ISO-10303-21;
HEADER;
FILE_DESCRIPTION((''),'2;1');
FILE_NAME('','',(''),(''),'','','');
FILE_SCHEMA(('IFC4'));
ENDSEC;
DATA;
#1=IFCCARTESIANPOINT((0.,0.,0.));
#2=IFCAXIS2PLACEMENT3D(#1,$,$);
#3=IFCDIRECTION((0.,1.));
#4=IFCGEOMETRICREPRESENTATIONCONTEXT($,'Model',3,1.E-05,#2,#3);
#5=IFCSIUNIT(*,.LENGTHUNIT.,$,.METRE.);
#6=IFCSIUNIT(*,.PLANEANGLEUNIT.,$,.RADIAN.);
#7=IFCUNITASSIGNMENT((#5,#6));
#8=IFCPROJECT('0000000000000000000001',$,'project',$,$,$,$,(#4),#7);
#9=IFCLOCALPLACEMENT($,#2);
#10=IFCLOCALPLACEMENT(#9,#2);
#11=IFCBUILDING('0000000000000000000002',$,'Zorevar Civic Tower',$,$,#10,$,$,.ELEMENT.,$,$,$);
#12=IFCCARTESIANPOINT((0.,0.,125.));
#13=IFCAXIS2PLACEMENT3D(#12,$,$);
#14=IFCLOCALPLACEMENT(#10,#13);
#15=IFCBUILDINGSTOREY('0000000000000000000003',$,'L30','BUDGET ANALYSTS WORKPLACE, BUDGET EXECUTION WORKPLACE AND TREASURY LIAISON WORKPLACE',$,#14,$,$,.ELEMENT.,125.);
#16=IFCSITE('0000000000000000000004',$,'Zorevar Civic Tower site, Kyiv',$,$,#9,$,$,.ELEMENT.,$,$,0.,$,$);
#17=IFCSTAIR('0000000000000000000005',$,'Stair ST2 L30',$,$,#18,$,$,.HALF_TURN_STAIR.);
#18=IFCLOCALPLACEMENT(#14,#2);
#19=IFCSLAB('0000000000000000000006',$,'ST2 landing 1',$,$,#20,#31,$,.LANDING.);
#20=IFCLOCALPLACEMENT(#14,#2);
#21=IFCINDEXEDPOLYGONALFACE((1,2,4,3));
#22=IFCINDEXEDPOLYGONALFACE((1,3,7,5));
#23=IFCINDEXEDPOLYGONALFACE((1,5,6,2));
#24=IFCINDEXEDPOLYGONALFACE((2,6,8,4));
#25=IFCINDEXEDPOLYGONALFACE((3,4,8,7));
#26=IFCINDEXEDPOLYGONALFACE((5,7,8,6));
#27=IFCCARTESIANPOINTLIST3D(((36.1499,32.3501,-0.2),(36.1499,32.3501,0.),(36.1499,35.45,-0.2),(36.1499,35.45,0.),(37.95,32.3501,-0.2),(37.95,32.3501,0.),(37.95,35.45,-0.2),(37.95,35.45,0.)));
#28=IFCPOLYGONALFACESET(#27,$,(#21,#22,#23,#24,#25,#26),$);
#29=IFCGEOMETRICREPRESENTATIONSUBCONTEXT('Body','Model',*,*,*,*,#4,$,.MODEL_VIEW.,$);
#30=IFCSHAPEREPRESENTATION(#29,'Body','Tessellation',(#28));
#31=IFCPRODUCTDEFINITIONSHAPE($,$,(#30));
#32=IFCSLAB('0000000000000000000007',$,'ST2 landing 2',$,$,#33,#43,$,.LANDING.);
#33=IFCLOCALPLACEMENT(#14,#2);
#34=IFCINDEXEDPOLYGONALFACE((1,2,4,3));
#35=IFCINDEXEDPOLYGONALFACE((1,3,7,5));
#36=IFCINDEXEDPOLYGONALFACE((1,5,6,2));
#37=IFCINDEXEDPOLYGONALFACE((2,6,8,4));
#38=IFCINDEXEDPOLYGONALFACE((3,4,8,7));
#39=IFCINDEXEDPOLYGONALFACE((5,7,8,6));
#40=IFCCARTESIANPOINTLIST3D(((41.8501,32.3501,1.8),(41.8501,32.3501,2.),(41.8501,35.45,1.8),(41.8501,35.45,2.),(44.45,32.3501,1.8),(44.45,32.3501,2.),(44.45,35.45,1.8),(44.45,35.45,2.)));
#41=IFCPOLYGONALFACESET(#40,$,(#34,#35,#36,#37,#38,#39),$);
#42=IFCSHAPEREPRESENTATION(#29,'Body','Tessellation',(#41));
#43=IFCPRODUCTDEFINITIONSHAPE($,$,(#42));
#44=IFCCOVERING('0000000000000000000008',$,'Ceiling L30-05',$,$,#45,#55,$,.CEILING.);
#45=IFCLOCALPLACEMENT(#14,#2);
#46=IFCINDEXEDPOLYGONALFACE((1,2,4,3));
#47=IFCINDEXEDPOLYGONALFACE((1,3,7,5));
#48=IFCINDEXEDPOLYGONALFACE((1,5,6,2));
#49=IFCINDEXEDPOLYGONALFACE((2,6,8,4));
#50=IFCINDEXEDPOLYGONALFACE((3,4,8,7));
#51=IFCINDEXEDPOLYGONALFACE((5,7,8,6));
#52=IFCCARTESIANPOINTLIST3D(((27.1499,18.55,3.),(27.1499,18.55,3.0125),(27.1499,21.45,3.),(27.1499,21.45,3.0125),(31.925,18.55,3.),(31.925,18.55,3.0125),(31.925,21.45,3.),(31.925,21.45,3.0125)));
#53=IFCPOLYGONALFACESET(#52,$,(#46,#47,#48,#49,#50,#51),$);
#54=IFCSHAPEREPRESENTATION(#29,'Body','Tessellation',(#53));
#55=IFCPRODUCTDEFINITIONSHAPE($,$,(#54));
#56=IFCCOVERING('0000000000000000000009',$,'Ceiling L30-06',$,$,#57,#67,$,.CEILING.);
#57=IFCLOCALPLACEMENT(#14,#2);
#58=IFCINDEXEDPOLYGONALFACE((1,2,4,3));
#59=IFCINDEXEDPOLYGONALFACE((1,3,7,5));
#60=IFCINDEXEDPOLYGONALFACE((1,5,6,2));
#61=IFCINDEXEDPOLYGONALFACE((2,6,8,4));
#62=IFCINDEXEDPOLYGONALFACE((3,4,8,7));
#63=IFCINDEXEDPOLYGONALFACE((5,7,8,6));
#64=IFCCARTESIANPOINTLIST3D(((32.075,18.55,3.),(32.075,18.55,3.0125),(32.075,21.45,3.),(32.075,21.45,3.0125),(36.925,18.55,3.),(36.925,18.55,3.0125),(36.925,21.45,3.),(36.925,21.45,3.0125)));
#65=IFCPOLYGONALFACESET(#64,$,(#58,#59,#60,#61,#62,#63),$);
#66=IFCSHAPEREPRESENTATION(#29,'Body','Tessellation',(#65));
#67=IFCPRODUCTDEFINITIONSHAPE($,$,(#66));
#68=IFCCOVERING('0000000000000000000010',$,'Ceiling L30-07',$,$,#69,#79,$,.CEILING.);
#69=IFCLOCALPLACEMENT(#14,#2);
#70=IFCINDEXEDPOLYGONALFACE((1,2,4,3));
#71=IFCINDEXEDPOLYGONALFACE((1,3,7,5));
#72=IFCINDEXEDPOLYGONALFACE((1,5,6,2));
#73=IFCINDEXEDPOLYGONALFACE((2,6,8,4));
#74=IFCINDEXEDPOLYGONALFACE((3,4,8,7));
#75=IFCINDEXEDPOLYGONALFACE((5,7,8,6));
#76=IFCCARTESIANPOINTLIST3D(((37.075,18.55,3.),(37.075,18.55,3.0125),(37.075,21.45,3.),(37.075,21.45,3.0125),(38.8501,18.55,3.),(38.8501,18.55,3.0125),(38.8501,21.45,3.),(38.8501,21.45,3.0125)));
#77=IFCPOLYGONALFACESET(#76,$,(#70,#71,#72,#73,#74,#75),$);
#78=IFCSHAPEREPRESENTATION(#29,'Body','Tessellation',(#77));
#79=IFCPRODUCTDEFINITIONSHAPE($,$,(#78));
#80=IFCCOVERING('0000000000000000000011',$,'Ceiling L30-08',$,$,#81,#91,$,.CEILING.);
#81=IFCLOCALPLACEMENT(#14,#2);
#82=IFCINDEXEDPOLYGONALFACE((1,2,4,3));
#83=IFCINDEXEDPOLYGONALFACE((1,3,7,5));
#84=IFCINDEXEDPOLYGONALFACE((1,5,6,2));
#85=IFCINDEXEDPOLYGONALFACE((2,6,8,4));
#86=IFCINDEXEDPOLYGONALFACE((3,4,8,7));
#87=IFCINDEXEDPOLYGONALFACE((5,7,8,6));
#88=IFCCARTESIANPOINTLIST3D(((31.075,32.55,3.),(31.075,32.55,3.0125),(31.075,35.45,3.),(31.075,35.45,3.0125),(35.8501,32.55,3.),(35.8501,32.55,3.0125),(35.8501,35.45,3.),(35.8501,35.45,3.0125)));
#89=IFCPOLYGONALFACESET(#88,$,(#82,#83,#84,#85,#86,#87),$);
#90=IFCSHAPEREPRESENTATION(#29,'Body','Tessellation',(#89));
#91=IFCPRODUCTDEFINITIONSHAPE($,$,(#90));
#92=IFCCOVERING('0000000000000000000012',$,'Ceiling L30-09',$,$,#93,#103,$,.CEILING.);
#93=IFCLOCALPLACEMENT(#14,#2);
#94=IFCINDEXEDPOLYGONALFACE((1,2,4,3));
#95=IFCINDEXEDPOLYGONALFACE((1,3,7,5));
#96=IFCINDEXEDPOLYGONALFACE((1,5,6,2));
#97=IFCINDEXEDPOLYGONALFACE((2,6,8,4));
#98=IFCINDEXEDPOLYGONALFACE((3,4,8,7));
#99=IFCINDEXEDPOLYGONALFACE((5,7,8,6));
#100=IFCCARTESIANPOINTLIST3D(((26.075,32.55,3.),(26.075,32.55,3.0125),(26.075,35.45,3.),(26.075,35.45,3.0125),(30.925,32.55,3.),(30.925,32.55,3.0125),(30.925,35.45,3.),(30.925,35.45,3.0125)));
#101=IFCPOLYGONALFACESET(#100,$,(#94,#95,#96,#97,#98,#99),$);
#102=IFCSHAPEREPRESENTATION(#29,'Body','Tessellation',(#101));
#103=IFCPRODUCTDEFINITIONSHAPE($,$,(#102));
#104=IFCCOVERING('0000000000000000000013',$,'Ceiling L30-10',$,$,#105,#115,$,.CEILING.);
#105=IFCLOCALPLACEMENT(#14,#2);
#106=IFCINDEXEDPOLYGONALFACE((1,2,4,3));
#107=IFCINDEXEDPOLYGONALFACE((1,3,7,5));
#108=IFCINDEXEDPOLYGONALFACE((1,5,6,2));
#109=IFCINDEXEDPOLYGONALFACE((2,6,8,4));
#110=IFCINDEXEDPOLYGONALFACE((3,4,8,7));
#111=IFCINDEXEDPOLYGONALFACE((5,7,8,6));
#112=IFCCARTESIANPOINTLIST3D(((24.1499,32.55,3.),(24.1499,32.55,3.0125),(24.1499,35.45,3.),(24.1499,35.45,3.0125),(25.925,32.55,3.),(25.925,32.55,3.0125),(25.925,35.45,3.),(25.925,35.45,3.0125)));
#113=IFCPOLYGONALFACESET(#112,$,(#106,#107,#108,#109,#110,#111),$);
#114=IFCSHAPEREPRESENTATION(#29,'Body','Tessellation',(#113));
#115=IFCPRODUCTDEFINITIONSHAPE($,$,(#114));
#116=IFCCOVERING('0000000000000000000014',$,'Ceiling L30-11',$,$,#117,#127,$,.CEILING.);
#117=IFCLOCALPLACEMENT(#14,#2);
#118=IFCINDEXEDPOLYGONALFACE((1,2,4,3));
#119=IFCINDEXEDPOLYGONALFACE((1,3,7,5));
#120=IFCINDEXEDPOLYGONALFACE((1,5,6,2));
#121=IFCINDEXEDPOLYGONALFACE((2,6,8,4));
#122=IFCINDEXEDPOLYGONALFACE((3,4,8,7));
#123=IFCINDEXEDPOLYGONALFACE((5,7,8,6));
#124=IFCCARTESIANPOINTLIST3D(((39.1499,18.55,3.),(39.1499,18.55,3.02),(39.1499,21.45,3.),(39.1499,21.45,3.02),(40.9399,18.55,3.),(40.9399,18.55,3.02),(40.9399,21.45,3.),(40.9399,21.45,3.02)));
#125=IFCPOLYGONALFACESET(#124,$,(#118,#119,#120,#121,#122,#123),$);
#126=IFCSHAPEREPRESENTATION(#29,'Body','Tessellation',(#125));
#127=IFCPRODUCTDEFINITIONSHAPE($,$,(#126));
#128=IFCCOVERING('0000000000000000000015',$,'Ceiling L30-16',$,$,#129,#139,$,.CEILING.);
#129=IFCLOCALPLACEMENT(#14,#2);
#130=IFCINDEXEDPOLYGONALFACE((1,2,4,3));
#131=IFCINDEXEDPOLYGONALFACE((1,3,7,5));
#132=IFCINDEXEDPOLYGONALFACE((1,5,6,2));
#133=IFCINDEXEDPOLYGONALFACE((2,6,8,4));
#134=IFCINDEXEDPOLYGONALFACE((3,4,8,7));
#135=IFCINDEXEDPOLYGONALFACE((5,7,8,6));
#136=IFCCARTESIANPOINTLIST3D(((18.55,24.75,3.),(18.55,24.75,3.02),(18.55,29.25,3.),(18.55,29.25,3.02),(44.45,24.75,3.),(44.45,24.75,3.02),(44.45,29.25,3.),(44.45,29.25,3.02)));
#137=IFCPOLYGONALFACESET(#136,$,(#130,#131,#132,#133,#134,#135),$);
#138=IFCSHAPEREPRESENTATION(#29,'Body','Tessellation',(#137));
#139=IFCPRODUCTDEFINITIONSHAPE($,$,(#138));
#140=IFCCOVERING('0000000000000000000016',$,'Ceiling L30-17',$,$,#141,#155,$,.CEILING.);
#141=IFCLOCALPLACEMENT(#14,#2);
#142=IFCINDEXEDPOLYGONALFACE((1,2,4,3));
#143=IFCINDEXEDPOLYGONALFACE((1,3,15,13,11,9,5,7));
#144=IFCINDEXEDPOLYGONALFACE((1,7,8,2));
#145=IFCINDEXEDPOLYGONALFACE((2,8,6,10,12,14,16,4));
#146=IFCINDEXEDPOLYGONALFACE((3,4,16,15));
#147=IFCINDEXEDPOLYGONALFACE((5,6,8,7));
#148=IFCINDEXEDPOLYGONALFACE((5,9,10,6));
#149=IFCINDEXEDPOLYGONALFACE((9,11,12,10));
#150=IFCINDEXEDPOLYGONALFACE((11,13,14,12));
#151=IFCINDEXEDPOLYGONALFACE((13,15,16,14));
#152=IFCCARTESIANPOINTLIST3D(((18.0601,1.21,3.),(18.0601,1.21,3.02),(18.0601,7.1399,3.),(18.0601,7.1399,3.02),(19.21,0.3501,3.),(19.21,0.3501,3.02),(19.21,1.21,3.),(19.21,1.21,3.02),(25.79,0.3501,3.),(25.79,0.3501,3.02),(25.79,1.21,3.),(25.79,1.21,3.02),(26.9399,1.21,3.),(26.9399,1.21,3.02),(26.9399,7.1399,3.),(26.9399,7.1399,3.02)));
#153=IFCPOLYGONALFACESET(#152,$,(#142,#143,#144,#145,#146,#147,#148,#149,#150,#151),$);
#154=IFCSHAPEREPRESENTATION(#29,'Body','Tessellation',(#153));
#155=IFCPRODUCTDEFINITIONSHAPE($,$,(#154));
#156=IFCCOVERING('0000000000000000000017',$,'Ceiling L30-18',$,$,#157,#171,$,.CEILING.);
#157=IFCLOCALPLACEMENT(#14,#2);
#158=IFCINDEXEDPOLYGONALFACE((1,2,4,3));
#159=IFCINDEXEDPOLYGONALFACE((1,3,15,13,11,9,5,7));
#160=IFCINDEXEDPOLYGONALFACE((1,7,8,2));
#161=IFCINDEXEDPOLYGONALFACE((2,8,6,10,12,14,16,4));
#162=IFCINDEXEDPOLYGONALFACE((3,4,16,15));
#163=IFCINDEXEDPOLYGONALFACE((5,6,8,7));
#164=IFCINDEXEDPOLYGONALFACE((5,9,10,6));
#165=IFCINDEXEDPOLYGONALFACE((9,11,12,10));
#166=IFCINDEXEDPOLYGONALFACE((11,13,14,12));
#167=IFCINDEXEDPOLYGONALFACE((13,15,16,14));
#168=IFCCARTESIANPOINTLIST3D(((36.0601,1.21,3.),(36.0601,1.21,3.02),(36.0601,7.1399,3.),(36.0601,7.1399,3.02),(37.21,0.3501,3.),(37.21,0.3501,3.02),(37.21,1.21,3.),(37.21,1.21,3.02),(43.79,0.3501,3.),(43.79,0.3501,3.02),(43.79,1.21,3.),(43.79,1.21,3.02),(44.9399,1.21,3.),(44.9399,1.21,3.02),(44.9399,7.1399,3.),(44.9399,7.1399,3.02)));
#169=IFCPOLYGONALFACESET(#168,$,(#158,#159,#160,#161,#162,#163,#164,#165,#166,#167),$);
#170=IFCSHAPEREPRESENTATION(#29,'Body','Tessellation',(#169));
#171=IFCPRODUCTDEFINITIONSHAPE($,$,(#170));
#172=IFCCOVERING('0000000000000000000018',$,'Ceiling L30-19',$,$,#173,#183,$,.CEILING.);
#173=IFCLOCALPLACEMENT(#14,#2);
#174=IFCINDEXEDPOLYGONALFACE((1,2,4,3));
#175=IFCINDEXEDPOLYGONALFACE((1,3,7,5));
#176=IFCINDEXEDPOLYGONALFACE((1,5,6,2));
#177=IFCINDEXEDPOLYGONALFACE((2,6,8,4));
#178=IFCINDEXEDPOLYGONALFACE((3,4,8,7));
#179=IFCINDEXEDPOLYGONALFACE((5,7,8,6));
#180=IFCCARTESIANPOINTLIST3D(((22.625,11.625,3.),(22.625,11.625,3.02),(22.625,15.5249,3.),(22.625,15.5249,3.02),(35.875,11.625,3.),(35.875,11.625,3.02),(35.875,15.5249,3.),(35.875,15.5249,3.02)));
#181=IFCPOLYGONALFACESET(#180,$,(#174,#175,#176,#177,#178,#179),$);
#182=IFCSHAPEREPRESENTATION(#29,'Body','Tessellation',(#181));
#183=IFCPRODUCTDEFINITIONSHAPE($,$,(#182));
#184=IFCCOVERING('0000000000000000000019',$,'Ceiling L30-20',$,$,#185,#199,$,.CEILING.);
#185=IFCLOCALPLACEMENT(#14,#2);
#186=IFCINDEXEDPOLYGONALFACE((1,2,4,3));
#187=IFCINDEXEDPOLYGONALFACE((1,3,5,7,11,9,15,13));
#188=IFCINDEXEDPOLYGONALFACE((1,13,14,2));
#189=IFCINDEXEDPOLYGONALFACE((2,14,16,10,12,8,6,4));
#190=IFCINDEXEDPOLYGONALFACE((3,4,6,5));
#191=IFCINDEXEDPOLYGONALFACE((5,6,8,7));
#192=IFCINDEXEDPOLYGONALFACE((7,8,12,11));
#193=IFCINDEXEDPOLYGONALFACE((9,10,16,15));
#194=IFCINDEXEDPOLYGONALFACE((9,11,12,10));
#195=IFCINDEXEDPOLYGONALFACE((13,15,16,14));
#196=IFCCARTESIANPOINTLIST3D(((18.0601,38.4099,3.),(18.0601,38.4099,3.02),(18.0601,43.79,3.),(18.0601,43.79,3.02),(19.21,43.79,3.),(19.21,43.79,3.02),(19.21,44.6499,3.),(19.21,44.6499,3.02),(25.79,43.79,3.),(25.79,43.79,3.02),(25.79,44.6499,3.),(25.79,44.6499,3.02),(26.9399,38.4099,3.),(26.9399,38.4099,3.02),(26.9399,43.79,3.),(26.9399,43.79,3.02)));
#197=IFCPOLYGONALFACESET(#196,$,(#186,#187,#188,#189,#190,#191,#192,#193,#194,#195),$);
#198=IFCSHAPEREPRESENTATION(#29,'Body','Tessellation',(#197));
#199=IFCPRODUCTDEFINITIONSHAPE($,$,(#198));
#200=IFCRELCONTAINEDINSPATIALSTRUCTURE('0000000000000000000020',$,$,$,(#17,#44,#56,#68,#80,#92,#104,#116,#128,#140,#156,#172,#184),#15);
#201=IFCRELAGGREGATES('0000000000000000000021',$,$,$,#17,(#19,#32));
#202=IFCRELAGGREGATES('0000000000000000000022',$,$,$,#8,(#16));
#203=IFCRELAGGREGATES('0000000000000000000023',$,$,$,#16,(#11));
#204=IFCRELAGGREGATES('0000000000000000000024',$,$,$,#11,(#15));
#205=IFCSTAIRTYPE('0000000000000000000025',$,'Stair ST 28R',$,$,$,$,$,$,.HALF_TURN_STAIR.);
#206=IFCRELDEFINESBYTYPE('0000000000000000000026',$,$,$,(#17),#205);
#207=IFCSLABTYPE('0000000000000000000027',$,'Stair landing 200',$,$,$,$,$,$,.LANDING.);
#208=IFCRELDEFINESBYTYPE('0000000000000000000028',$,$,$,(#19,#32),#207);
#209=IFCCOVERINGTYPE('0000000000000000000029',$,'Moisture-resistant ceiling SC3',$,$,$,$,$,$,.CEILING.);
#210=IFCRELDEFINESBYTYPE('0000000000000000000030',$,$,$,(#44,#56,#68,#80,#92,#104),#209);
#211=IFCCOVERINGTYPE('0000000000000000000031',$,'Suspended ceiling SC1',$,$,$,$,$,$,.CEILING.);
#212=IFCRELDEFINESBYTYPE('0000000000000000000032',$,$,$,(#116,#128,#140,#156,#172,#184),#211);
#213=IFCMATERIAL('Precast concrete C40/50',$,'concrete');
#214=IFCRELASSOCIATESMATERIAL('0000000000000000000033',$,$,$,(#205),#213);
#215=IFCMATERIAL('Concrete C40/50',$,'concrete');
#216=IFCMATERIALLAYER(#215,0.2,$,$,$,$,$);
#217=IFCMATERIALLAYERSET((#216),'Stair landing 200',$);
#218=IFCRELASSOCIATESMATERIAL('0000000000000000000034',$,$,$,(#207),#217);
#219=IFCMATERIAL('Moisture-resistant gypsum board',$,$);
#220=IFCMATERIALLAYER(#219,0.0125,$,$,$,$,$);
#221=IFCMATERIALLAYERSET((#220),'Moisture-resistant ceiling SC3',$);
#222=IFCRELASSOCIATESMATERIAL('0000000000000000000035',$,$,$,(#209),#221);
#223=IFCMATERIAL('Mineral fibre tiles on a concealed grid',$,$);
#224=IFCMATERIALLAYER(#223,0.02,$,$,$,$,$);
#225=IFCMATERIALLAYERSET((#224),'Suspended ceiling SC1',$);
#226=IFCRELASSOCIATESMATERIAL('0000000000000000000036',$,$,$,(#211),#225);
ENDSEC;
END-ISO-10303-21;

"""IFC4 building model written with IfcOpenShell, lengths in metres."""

from ifc_helpers import new_model, si_unit, direction, frame, origin, place, context, subcontext, project, spatial, polyline, outline, extrude, material, layer, layer_set, type_object, element, aggregate, save


model = new_model("IFC4")

# Units and contexts
model_context = context("Model", 3, precision=1e-05, world=origin(), true_north=direction((0.0, 1.0)))
body_context = subcontext(model_context, "Body", "Model", "MODEL_VIEW")
ifc_project = project(units=[si_unit("LENGTHUNIT", "METRE"), si_unit("PLANEANGLEUNIT", "RADIAN")], contexts=[model_context])

# Site, building, storey
site_placement = place(None, origin())
site = spatial("IfcSite", under=ifc_project, at=site_placement, Name="Zorevar Civic Tower site, Kyiv", CompositionType="ELEMENT", RefElevation=0.0)
building_placement = place(site_placement, origin())
building = spatial("IfcBuilding", under=site, at=building_placement, Name="Zorevar Civic Tower", CompositionType="ELEMENT")
storey_placement = place(building_placement, frame((0.0, 0.0, 125.0)))
storey = spatial("IfcBuildingStorey", under=building, at=storey_placement, Name="L30", Description="BUDGET ANALYSTS WORKPLACE, BUDGET EXECUTION WORKPLACE AND TREASURY LIAISON WORKPLACE", CompositionType="ELEMENT", Elevation=125.0)

# Stair, slabs
ifc_material_1 = material(Name="Precast concrete C40/50", Category="concrete")
stair_type = type_object("IfcStairType", Name="Stair ST 28R", PredefinedType="HALF_TURN_STAIR", material=ifc_material_1)
ifc_material_2 = material(Name="Concrete C40/50", Category="concrete")
ifc_layer_1 = layer(ifc_material_2, 0.2)
ifc_layer_set_1 = layer_set([ifc_layer_1], Name="Stair landing 200")
slab_type_1 = type_object("IfcSlabType", Name="Stair landing 200", PredefinedType="LANDING", material=ifc_layer_set_1)
stair_1_placement = place(storey_placement, origin())
stair_1 = element("IfcStair", 1, at=stair_1_placement, inside=storey, type_object=stair_type, Name="Stair ST2 L30", PredefinedType="HALF_TURN_STAIR")
slab_1_placement = place(storey_placement, frame((0.0, 0.0, -0.2)))
slab_1 = element("IfcSlab", 2, at=slab_1_placement, type_object=slab_type_1, Name="ST2 landing 1", PredefinedType="LANDING", context=body_context, shape_type="SweptSolid", body=[
    extrude(outline(polyline([(37.95, 32.3501), (36.1499, 32.3501), (36.1499, 35.45), (37.95, 35.45), (37.95, 32.3501)])), origin(), (0.0, 0.0, 1.0), 0.2),
])
slab_2_placement = place(storey_placement, frame((0.0, 0.0, 1.8)))
slab_2 = element("IfcSlab", 3, at=slab_2_placement, type_object=slab_type_1, Name="ST2 landing 2", PredefinedType="LANDING", context=body_context, shape_type="SweptSolid", body=[
    extrude(outline(polyline([(44.45, 32.3501), (41.8501, 32.3501), (41.8501, 35.45), (44.45, 35.45), (44.45, 32.3501)])), origin(), (0.0, 0.0, 1.0), 0.2),
])
aggregate(stair_1, [slab_1, slab_2])

# Coverings
ifc_material_3 = material(Name="Moisture-resistant gypsum board")
ifc_layer_2 = layer(ifc_material_3, 0.0125)
ifc_layer_set_2 = layer_set([ifc_layer_2], Name="Moisture-resistant ceiling SC3")
covering_type_1 = type_object("IfcCoveringType", Name="Moisture-resistant ceiling SC3", PredefinedType="CEILING", material=ifc_layer_set_2)
covering_1_placement = place(storey_placement, frame((0.0, 0.0, 3.0)))
element("IfcCovering", 4, at=covering_1_placement, inside=storey, type_object=covering_type_1, Name="Ceiling L30-05", PredefinedType="CEILING", context=body_context, shape_type="SweptSolid", body=[
    extrude(outline(polyline([(31.925, 18.55), (31.925, 21.45), (27.1499, 21.45), (27.1499, 18.55), (31.925, 18.55)])), origin(), (0.0, 0.0, 1.0), 0.0125),
])
covering_2_placement = place(storey_placement, frame((0.0, 0.0, 3.0)))
element("IfcCovering", 5, at=covering_2_placement, inside=storey, type_object=covering_type_1, Name="Ceiling L30-06", PredefinedType="CEILING", context=body_context, shape_type="SweptSolid", body=[
    extrude(outline(polyline([(36.925, 18.55), (36.925, 21.45), (32.075, 21.45), (32.075, 18.55), (36.925, 18.55)])), origin(), (0.0, 0.0, 1.0), 0.0125),
])
covering_3_placement = place(storey_placement, frame((0.0, 0.0, 3.0)))
element("IfcCovering", 6, at=covering_3_placement, inside=storey, type_object=covering_type_1, Name="Ceiling L30-07", PredefinedType="CEILING", context=body_context, shape_type="SweptSolid", body=[
    extrude(outline(polyline([(38.8501, 18.55), (38.8501, 21.45), (37.075, 21.45), (37.075, 18.55), (38.8501, 18.55)])), origin(), (0.0, 0.0, 1.0), 0.0125),
])
covering_4_placement = place(storey_placement, frame((0.0, 0.0, 3.0)))
element("IfcCovering", 7, at=covering_4_placement, inside=storey, type_object=covering_type_1, Name="Ceiling L30-08", PredefinedType="CEILING", context=body_context, shape_type="SweptSolid", body=[
    extrude(outline(polyline([(35.8501, 32.55), (35.8501, 35.45), (31.075, 35.45), (31.075, 32.55), (35.8501, 32.55)])), origin(), (0.0, 0.0, 1.0), 0.0125),
])
covering_5_placement = place(storey_placement, frame((0.0, 0.0, 3.0)))
element("IfcCovering", 8, at=covering_5_placement, inside=storey, type_object=covering_type_1, Name="Ceiling L30-09", PredefinedType="CEILING", context=body_context, shape_type="SweptSolid", body=[
    extrude(outline(polyline([(30.925, 32.55), (30.925, 35.45), (26.075, 35.45), (26.075, 32.55), (30.925, 32.55)])), origin(), (0.0, 0.0, 1.0), 0.0125),
])
covering_6_placement = place(storey_placement, frame((0.0, 0.0, 3.0)))
element("IfcCovering", 9, at=covering_6_placement, inside=storey, type_object=covering_type_1, Name="Ceiling L30-10", PredefinedType="CEILING", context=body_context, shape_type="SweptSolid", body=[
    extrude(outline(polyline([(25.925, 32.55), (25.925, 35.45), (24.1499, 35.45), (24.1499, 32.55), (25.925, 32.55)])), origin(), (0.0, 0.0, 1.0), 0.0125),
])
ifc_material_4 = material(Name="Mineral fibre tiles on a concealed grid")
ifc_layer_3 = layer(ifc_material_4, 0.02)
ifc_layer_set_3 = layer_set([ifc_layer_3], Name="Suspended ceiling SC1")
covering_type_2 = type_object("IfcCoveringType", Name="Suspended ceiling SC1", PredefinedType="CEILING", material=ifc_layer_set_3)
covering_7_placement = place(storey_placement, frame((0.0, 0.0, 3.0)))
element("IfcCovering", 10, at=covering_7_placement, inside=storey, type_object=covering_type_2, Name="Ceiling L30-11", PredefinedType="CEILING", context=body_context, shape_type="SweptSolid", body=[
    extrude(outline(polyline([(40.9399, 18.55), (40.9399, 21.45), (39.1499, 21.45), (39.1499, 18.55), (40.9399, 18.55)])), origin(), (0.0, 0.0, 1.0), 0.02),
])
covering_8_placement = place(storey_placement, frame((0.0, 0.0, 3.0)))
element("IfcCovering", 11, at=covering_8_placement, inside=storey, type_object=covering_type_2, Name="Ceiling L30-16", PredefinedType="CEILING", context=body_context, shape_type="SweptSolid", body=[
    extrude(outline(polyline([(44.45, 24.75), (44.45, 29.25), (18.55, 29.25), (18.55, 24.75), (44.45, 24.75)])), origin(), (0.0, 0.0, 1.0), 0.02),
])
covering_9_placement = place(storey_placement, frame((0.0, 0.0, 3.0)))
element("IfcCovering", 12, at=covering_9_placement, inside=storey, type_object=covering_type_2, Name="Ceiling L30-17", PredefinedType="CEILING", context=body_context, shape_type="SweptSolid", body=[
    extrude(outline(polyline([(19.21, 0.3501), (19.21, 1.21), (18.0601, 1.21), (18.0601, 7.1399), (26.9399, 7.1399), (26.9399, 1.21), (25.79, 1.21), (25.79, 0.3501), (19.21, 0.3501)])), origin(), (0.0, 0.0, 1.0), 0.02),
])
covering_10_placement = place(storey_placement, frame((0.0, 0.0, 3.0)))
element("IfcCovering", 13, at=covering_10_placement, inside=storey, type_object=covering_type_2, Name="Ceiling L30-18", PredefinedType="CEILING", context=body_context, shape_type="SweptSolid", body=[
    extrude(outline(polyline([(37.21, 0.3501), (37.21, 1.21), (36.0601, 1.21), (36.0601, 7.1399), (44.9399, 7.1399), (44.9399, 1.21), (43.79, 1.21), (43.79, 0.3501), (37.21, 0.3501)])), origin(), (0.0, 0.0, 1.0), 0.02),
])
covering_11_placement = place(storey_placement, frame((0.0, 0.0, 3.0)))
element("IfcCovering", 14, at=covering_11_placement, inside=storey, type_object=covering_type_2, Name="Ceiling L30-19", PredefinedType="CEILING", context=body_context, shape_type="SweptSolid", body=[
    extrude(outline(polyline([(22.625, 15.5249), (35.875, 15.5249), (35.875, 11.625), (22.625, 11.625), (22.625, 15.5249)])), origin(), (0.0, 0.0, 1.0), 0.02),
])
covering_12_placement = place(storey_placement, frame((0.0, 0.0, 3.0)))
element("IfcCovering", 15, at=covering_12_placement, inside=storey, type_object=covering_type_2, Name="Ceiling L30-20", PredefinedType="CEILING", context=body_context, shape_type="SweptSolid", body=[
    extrude(outline(polyline([(19.21, 43.79), (19.21, 44.6499), (25.79, 44.6499), (25.79, 43.79), (26.9399, 43.79), (26.9399, 38.4099), (18.0601, 38.4099), (18.0601, 43.79), (19.21, 43.79)])), origin(), (0.0, 0.0, 1.0), 0.02),
])

save(model, "model.ifc")
